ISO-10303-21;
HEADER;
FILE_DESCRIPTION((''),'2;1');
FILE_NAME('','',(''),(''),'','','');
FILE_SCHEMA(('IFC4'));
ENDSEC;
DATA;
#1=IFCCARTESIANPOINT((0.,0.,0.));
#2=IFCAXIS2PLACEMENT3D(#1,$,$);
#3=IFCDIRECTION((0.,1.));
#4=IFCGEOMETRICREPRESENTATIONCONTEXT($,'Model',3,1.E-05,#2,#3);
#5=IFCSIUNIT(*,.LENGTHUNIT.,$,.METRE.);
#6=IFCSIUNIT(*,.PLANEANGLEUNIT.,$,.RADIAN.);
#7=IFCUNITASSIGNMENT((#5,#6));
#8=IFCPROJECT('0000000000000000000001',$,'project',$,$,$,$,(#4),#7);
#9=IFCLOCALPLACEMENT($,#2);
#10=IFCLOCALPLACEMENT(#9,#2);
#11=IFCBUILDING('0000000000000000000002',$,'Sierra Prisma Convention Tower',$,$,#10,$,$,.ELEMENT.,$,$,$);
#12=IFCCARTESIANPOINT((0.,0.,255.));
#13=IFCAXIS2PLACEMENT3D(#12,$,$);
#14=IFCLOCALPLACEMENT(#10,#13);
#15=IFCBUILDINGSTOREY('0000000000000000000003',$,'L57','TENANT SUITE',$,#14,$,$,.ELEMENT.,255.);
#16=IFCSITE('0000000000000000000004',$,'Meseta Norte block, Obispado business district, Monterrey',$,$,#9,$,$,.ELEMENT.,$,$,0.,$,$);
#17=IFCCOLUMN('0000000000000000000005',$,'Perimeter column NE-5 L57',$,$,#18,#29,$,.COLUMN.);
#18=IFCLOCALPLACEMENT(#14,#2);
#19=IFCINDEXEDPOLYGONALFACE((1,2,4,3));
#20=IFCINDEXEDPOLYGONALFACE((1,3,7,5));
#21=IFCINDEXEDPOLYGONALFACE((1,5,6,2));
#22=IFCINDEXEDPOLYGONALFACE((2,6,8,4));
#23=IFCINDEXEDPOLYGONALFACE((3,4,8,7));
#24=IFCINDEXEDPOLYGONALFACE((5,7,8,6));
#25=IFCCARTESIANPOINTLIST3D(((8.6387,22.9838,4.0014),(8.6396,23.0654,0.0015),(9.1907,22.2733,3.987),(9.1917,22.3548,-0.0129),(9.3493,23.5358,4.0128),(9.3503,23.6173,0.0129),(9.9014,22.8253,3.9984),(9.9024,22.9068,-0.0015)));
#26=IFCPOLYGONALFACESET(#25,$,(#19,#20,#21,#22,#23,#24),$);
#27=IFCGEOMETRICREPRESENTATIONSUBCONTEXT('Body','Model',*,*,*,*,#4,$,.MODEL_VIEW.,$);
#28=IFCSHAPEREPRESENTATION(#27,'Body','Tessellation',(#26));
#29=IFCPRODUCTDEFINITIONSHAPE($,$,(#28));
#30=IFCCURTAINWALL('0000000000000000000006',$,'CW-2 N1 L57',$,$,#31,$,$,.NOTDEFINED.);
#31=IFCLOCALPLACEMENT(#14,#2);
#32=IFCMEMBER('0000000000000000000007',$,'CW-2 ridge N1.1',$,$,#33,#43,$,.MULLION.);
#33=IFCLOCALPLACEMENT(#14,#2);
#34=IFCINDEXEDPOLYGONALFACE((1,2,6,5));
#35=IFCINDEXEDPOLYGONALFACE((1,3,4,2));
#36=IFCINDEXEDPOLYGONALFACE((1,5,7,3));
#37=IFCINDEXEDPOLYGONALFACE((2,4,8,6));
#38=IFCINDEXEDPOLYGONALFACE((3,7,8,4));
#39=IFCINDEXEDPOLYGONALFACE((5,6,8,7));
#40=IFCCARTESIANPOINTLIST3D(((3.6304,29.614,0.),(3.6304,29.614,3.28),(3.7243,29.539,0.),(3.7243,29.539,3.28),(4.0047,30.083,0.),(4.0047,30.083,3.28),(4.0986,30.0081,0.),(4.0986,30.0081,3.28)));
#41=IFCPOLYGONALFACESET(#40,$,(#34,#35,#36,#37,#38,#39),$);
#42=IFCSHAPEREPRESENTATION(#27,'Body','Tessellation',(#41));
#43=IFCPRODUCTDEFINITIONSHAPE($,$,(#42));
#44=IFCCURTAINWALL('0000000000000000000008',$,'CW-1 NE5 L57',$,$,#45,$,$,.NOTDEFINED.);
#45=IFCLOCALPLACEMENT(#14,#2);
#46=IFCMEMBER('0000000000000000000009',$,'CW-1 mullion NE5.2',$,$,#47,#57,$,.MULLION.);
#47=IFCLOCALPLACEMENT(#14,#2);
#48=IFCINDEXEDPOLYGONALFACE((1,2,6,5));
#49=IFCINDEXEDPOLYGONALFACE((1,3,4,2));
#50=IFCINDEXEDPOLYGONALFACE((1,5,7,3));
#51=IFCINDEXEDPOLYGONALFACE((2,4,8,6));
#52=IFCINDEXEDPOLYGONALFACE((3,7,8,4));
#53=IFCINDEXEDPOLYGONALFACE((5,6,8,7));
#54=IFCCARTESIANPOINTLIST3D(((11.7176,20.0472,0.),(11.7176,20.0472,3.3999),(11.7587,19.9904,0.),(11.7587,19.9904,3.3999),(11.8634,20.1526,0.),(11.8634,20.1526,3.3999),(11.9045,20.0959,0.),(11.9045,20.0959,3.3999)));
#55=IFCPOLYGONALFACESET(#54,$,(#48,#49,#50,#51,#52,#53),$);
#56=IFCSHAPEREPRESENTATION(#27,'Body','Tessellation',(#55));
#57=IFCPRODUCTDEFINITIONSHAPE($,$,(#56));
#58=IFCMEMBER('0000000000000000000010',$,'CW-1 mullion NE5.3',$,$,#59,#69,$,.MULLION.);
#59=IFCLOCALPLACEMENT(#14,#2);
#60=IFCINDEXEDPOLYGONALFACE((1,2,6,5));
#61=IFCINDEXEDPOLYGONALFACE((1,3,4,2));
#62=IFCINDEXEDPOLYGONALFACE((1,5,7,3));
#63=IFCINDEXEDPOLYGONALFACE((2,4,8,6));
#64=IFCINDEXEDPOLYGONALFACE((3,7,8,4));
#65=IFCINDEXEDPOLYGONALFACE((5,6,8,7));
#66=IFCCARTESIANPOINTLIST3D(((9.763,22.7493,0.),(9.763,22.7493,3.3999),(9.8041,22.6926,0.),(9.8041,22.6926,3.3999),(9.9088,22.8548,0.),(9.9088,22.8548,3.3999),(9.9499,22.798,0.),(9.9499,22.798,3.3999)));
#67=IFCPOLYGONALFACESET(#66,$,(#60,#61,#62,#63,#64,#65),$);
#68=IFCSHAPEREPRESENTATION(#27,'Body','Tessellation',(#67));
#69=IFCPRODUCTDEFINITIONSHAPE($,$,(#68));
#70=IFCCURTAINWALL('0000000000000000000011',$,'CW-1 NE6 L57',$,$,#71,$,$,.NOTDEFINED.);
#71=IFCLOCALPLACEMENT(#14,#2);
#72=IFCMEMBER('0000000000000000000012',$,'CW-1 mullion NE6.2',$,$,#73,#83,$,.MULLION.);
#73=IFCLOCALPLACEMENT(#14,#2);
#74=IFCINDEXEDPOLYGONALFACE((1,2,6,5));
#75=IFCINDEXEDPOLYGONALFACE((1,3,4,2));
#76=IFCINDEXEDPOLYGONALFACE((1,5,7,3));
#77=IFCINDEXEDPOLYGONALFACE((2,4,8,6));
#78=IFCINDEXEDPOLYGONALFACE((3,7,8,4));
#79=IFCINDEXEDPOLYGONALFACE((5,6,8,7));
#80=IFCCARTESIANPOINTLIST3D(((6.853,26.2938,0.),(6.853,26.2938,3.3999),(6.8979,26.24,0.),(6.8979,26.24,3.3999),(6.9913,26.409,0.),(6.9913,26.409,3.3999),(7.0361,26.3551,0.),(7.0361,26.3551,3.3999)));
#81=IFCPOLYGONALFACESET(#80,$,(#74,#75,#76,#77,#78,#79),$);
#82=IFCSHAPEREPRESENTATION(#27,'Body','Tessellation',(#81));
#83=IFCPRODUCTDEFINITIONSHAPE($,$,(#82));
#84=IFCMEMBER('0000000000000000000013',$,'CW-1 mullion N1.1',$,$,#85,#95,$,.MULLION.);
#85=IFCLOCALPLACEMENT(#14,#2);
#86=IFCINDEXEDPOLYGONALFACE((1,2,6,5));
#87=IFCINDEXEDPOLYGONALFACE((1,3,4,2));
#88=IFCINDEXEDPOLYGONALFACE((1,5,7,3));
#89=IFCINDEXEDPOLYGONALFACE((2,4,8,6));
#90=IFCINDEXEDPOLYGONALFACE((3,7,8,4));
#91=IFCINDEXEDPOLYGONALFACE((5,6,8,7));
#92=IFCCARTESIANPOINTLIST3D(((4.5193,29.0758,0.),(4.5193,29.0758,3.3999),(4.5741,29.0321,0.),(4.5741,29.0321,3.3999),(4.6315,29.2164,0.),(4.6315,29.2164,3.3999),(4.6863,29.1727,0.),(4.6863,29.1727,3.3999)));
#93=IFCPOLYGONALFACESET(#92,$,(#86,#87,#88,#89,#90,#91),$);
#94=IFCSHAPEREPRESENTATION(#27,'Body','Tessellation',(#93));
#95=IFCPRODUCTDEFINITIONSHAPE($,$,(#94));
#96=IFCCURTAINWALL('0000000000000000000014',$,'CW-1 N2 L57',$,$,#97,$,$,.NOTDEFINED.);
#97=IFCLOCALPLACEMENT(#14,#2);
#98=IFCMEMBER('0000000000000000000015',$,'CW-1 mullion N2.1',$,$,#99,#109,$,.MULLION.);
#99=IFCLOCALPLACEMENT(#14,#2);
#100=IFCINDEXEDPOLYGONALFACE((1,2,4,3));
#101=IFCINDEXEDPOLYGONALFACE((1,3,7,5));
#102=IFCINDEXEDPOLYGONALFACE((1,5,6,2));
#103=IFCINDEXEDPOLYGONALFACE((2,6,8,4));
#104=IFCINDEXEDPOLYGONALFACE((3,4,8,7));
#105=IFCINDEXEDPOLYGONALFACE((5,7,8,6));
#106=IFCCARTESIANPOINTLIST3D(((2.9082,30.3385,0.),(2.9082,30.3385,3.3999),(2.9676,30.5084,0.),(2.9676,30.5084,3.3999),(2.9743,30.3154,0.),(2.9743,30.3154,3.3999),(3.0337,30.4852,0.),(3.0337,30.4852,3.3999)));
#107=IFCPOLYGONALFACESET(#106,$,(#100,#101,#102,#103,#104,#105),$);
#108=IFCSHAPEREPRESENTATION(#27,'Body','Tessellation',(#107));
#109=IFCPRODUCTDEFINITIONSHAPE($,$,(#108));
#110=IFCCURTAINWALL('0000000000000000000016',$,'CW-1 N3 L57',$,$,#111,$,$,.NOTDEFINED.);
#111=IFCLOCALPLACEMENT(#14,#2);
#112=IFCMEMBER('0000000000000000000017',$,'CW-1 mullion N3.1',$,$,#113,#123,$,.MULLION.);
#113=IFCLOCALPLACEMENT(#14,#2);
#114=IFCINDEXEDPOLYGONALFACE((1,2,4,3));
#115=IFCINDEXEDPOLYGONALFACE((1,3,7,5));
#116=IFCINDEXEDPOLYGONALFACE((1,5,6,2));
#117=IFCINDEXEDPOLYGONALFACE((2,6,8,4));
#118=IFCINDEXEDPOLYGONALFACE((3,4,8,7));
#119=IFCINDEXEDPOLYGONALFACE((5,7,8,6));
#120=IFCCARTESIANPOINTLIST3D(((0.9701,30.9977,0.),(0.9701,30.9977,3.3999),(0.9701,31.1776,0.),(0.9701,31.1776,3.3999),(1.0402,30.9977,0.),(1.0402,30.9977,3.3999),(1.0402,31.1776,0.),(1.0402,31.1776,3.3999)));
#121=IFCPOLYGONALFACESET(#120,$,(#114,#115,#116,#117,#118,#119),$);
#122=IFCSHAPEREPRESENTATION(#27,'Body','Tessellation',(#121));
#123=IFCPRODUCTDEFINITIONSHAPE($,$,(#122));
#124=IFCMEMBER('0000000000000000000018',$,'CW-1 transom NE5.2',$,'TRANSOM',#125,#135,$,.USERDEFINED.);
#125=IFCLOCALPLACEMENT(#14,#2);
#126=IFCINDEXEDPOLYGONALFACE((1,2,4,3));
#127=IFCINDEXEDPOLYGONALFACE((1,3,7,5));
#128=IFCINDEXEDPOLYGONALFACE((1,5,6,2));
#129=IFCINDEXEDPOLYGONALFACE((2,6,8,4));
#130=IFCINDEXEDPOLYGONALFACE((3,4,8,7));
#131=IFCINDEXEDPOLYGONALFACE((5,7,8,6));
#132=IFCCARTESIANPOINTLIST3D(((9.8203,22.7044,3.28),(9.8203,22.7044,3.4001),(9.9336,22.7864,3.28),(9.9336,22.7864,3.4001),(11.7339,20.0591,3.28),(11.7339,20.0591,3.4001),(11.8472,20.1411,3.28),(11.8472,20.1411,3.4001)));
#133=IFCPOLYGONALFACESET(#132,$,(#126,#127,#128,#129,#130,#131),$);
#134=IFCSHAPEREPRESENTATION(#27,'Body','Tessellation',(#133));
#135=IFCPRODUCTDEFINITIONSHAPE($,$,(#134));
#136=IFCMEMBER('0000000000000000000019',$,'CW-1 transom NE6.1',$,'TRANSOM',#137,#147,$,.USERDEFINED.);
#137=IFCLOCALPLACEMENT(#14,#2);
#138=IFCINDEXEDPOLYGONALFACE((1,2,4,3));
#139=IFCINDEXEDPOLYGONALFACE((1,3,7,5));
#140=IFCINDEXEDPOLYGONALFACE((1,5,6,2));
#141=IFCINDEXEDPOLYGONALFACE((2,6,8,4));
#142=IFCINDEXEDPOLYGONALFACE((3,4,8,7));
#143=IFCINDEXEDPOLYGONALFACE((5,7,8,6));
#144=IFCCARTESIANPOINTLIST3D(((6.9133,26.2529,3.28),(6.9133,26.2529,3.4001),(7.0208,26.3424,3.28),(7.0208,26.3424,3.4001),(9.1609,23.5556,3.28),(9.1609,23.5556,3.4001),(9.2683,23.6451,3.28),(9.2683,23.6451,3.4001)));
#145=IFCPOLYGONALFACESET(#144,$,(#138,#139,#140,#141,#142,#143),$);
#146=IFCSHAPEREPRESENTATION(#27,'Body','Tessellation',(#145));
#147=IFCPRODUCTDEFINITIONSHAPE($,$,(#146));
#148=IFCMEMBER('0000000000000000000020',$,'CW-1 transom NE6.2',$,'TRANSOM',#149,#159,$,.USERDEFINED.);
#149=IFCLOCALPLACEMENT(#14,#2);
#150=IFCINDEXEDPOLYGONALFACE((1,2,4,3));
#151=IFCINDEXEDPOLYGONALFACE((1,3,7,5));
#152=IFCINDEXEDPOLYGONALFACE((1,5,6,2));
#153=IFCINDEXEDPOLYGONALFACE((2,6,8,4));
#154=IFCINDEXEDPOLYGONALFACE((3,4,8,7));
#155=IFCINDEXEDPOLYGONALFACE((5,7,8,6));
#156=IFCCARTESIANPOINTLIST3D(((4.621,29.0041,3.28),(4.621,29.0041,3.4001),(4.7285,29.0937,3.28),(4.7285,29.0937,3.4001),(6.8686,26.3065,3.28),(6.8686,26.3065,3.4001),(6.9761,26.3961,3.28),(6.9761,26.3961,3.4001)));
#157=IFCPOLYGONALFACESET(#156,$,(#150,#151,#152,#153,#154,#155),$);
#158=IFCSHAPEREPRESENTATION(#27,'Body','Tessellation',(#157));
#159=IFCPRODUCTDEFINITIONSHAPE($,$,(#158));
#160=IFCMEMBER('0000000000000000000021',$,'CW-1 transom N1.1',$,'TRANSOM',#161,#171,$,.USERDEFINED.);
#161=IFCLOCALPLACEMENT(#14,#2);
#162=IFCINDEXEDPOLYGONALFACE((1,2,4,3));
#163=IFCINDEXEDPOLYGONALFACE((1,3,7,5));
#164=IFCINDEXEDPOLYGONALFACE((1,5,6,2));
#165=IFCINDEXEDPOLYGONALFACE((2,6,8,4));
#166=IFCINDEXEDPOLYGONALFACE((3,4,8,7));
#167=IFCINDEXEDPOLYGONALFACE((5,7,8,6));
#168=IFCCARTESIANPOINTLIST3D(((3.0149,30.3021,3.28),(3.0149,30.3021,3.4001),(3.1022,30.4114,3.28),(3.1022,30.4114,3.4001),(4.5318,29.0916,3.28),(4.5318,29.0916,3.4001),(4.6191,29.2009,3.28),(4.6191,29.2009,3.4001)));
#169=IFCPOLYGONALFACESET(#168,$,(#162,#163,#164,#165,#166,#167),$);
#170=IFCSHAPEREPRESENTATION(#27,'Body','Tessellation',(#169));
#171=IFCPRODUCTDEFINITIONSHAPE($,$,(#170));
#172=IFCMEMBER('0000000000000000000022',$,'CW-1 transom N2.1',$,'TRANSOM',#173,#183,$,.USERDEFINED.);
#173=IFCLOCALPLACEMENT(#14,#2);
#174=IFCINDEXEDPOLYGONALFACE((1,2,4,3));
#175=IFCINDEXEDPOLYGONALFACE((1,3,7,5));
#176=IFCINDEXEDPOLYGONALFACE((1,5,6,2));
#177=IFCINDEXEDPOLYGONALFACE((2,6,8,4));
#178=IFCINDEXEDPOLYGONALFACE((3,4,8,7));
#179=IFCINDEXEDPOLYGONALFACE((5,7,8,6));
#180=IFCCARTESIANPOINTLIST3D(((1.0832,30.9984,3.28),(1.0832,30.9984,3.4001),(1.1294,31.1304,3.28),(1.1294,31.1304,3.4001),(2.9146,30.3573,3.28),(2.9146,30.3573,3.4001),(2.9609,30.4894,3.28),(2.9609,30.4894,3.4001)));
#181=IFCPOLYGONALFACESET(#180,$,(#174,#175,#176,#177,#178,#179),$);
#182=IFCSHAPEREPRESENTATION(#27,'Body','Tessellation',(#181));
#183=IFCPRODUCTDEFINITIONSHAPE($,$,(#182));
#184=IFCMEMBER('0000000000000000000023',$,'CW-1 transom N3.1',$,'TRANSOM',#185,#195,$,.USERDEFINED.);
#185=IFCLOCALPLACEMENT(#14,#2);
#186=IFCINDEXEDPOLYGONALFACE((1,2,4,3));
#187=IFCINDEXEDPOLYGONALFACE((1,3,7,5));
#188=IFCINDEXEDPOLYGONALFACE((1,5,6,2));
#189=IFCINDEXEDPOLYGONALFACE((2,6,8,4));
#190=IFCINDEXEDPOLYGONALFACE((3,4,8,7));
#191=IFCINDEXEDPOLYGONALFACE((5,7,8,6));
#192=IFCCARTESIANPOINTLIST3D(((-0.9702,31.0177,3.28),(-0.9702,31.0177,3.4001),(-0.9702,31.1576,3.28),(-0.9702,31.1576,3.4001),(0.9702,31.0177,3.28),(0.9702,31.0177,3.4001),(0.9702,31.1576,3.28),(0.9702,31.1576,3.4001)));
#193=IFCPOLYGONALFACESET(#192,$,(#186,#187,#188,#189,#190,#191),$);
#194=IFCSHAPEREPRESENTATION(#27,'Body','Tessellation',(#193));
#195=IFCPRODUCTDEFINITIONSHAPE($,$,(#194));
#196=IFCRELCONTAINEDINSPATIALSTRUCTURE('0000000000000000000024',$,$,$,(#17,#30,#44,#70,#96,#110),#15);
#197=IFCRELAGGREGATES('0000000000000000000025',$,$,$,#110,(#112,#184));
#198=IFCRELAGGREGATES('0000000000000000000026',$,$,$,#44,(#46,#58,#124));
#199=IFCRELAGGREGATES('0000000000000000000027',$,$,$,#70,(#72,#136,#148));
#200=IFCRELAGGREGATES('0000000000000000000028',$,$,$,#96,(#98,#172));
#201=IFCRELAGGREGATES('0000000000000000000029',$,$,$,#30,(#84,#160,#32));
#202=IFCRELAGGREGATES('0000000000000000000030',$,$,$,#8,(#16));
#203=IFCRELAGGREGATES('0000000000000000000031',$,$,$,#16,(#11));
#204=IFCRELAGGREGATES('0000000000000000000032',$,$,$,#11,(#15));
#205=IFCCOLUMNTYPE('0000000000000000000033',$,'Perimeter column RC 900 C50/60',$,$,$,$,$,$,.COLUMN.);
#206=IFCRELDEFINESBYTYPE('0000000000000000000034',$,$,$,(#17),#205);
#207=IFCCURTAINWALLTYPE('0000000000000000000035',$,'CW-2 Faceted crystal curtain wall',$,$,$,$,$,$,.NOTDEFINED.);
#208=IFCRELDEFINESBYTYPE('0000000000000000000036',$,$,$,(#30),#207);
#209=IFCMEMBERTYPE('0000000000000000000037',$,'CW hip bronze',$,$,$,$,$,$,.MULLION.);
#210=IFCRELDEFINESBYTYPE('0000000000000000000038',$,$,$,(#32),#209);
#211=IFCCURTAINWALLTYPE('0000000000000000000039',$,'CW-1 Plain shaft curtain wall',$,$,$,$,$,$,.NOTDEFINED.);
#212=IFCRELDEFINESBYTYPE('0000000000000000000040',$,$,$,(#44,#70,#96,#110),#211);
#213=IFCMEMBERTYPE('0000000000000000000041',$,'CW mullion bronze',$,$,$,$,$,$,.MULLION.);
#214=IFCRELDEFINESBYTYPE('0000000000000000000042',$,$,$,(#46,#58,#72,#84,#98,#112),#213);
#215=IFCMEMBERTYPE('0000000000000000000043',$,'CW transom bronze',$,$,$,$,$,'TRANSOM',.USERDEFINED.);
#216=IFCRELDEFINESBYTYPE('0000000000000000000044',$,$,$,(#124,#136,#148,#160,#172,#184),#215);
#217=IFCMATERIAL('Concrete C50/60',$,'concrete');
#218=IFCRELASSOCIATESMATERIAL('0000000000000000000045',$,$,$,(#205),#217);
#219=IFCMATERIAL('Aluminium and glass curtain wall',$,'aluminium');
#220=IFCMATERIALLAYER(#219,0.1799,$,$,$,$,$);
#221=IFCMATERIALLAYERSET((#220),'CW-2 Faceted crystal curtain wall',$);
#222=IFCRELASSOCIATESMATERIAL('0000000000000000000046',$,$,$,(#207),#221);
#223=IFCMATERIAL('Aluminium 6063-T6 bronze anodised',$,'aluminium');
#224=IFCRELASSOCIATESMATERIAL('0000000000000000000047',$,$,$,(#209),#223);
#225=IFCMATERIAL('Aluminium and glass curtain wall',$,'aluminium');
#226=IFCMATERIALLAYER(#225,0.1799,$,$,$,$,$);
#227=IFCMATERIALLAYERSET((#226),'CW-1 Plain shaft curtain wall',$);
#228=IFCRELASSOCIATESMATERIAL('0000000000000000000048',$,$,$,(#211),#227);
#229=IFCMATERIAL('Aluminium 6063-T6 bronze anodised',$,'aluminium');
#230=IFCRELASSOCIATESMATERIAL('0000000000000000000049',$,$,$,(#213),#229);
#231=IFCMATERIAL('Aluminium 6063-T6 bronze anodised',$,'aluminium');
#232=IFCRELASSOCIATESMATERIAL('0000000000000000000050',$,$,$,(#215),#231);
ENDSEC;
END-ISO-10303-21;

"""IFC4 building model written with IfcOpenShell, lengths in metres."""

from ifc_helpers import new_model, si_unit, direction, frame, origin, origin_2d, place, context, subcontext, project, spatial, rectangle, extrude, material, layer, layer_set, material_profile, profile_set, type_object, element, aggregate, save


model = new_model("IFC4")

# Units and contexts
model_context = context("Model", 3, precision=1e-05, world=origin(), true_north=direction((0.0, 1.0)))
body_context = subcontext(model_context, "Body", "Model", "MODEL_VIEW")
ifc_project = project(units=[si_unit("LENGTHUNIT", "METRE"), si_unit("PLANEANGLEUNIT", "RADIAN")], contexts=[model_context])

# Site, building, storey
site_placement = place(None, origin())
site = spatial("IfcSite", under=ifc_project, at=site_placement, Name="Meseta Norte block, Obispado business district, Monterrey", CompositionType="ELEMENT", RefElevation=0.0)
building_placement = place(site_placement, origin())
building = spatial("IfcBuilding", under=site, at=building_placement, Name="Sierra Prisma Convention Tower", CompositionType="ELEMENT")
storey_placement = place(building_placement, frame((0.0, 0.0, 255.0)))
storey = spatial("IfcBuildingStorey", under=building, at=storey_placement, Name="L57", Description="TENANT SUITE", CompositionType="ELEMENT", Elevation=255.0)

# Column
ifc_material_1 = material(Name="Concrete C50/60", Category="concrete")
ifc_material_profile_1 = material_profile(ifc_material_1, rectangle(XDim=0.8999, YDim=0.8999, at=origin_2d()), Name="Perimeter column RC 900 C50/60")
ifc_profile_set_1 = profile_set([ifc_material_profile_1], Name="Concrete C50/60")
column_type = type_object("IfcColumnType", Name="Perimeter column RC 900 C50/60", PredefinedType="COLUMN", material=ifc_profile_set_1)
column_placement = place(storey_placement, frame((9.271, 22.9861, 0.0), z_axis=(-0.000244, -0.020382, 0.999792), x_axis=(-0.613475, 0.789553, 0.015946)))
element("IfcColumn", 1, at=column_placement, inside=storey, type_object=column_type, Name="Perimeter column NE-5 L57", PredefinedType="COLUMN", context=body_context, shape_type="SweptSolid", body=[
    extrude(rectangle(XDim=0.8999, YDim=0.8999, at=origin_2d()), origin(), (0.0, 0.0, 1.0), 4.0007),
])

# Curtain wall, member
ifc_material_2 = material(Name="Aluminium and glass curtain wall", Category="aluminium")
ifc_layer_1 = layer(ifc_material_2, 0.1799)
ifc_layer_set_1 = layer_set([ifc_layer_1], Name="CW-2 Faceted crystal curtain wall")
curtain_wall_type_1 = type_object("IfcCurtainWallType", Name="CW-2 Faceted crystal curtain wall", PredefinedType="NOTDEFINED", material=ifc_layer_set_1)
curtain_wall_1_placement = place(storey_placement, origin())
curtain_wall_1 = element("IfcCurtainWall", 2, at=curtain_wall_1_placement, inside=storey, type_object=curtain_wall_type_1, Name="CW-2 N1 L57", PredefinedType="NOTDEFINED")
ifc_material_3 = material(Name="Aluminium 6063-T6 bronze anodised", Category="aluminium")
ifc_material_profile_2 = material_profile(ifc_material_3, rectangle(XDim=0.1201, YDim=0.6001, at=origin_2d()), Name="ALU RIDGE BLADE 120x600")
ifc_profile_set_2 = profile_set([ifc_material_profile_2], Name="Aluminium 6063-T6 bronze anodised")
member_type_1 = type_object("IfcMemberType", Name="CW hip bronze", PredefinedType="MULLION", material=ifc_profile_set_2)
member_1_placement = place(storey_placement, frame((3.8645, 29.811, 0.0), z_axis=(0.0, 0.0, 1.0), x_axis=(-0.781623, 0.623751, 0.0)))
member_1 = element("IfcMember", 3, at=member_1_placement, type_object=member_type_1, Name="CW-2 ridge N1.1", PredefinedType="MULLION", context=body_context, shape_type="SweptSolid", body=[
    extrude(rectangle(XDim=0.1201, YDim=0.6001, at=origin_2d()), origin(), (0.0, 0.0, 1.0), 3.28),
])

# Curtain wall, members
ifc_material_4 = material(Name="Aluminium and glass curtain wall", Category="aluminium")
ifc_layer_2 = layer(ifc_material_4, 0.1799)
ifc_layer_set_2 = layer_set([ifc_layer_2], Name="CW-1 Plain shaft curtain wall")
curtain_wall_type_2 = type_object("IfcCurtainWallType", Name="CW-1 Plain shaft curtain wall", PredefinedType="NOTDEFINED", material=ifc_layer_set_2)
curtain_wall_2_placement = place(storey_placement, origin())
curtain_wall_2 = element("IfcCurtainWall", 4, at=curtain_wall_2_placement, inside=storey, type_object=curtain_wall_type_2, Name="CW-1 NE5 L57", PredefinedType="NOTDEFINED")
ifc_material_5 = material(Name="Aluminium 6063-T6 bronze anodised", Category="aluminium")
ifc_material_profile_3 = material_profile(ifc_material_5, rectangle(XDim=0.1799, YDim=0.0701, at=origin_2d()), Name="ALU MULLION 70x180")
ifc_profile_set_3 = profile_set([ifc_material_profile_3], Name="Aluminium 6063-T6 bronze anodised")
member_type_2 = type_object("IfcMemberType", Name="CW mullion bronze", PredefinedType="MULLION", material=ifc_profile_set_3)
member_2_placement = place(storey_placement, frame((11.811, 20.0715, 0.0), z_axis=(0.0, 0.0, 1.0), x_axis=(-0.810237, -0.586102, 0.0)))
member_2 = element("IfcMember", 5, at=member_2_placement, type_object=member_type_2, Name="CW-1 mullion NE5.2", PredefinedType="MULLION", context=body_context, shape_type="SweptSolid", body=[
    extrude(rectangle(XDim=0.1799, YDim=0.0701, at=origin_2d()), origin(), (0.0, 0.0, 1.0), 3.3999),
])
member_3_placement = place(storey_placement, frame((9.8564, 22.7737, 0.0), z_axis=(0.0, 0.0, 1.0), x_axis=(-0.810237, -0.586102, 0.0)))
member_3 = element("IfcMember", 6, at=member_3_placement, type_object=member_type_2, Name="CW-1 mullion NE5.3", PredefinedType="MULLION", context=body_context, shape_type="SweptSolid", body=[
    extrude(rectangle(XDim=0.1799, YDim=0.0701, at=origin_2d()), origin(), (0.0, 0.0, 1.0), 3.3999),
])

# Curtain wall, member
curtain_wall_3_placement = place(storey_placement, origin())
curtain_wall_3 = element("IfcCurtainWall", 7, at=curtain_wall_3_placement, inside=storey, type_object=curtain_wall_type_2, Name="CW-1 NE6 L57", PredefinedType="NOTDEFINED")
member_4_placement = place(storey_placement, frame((6.9446, 26.3245, 0.0), z_axis=(0.0, 0.0, 1.0), x_axis=(-0.768267, -0.64013, 0.0)))
member_4 = element("IfcMember", 8, at=member_4_placement, type_object=member_type_2, Name="CW-1 mullion NE6.2", PredefinedType="MULLION", context=body_context, shape_type="SweptSolid", body=[
    extrude(rectangle(XDim=0.1799, YDim=0.0701, at=origin_2d()), origin(), (0.0, 0.0, 1.0), 3.3999),
])

# Member
member_5_placement = place(storey_placement, frame((4.6028, 29.1243, 0.0), z_axis=(0.0, 0.0, 1.0), x_axis=(-0.623751, -0.781623, 0.0)))
member_5 = element("IfcMember", 9, at=member_5_placement, type_object=member_type_2, Name="CW-1 mullion N1.1", PredefinedType="MULLION", context=body_context, shape_type="SweptSolid", body=[
    extrude(rectangle(XDim=0.1799, YDim=0.0701, at=origin_2d()), origin(), (0.0, 0.0, 1.0), 3.3999),
])

# Curtain walls, members
curtain_wall_4_placement = place(storey_placement, origin())
curtain_wall_4 = element("IfcCurtainWall", 10, at=curtain_wall_4_placement, inside=storey, type_object=curtain_wall_type_2, Name="CW-1 N2 L57", PredefinedType="NOTDEFINED")
member_6_placement = place(storey_placement, frame((2.9709, 30.4119, 0.0), z_axis=(0.0, 0.0, 1.0), x_axis=(-0.330437, -0.943828, 0.0)))
member_6 = element("IfcMember", 11, at=member_6_placement, type_object=member_type_2, Name="CW-1 mullion N2.1", PredefinedType="MULLION", context=body_context, shape_type="SweptSolid", body=[
    extrude(rectangle(XDim=0.1799, YDim=0.0701, at=origin_2d()), origin(), (0.0, 0.0, 1.0), 3.3999),
])
curtain_wall_5_placement = place(storey_placement, origin())
curtain_wall_5 = element("IfcCurtainWall", 12, at=curtain_wall_5_placement, inside=storey, type_object=curtain_wall_type_2, Name="CW-1 N3 L57", PredefinedType="NOTDEFINED")
member_7_placement = place(storey_placement, frame((1.0051, 31.0876, 0.0), z_axis=(0.0, 0.0, 1.0), x_axis=(0.0, -1.0, 0.0)))
member_7 = element("IfcMember", 13, at=member_7_placement, type_object=member_type_2, Name="CW-1 mullion N3.1", PredefinedType="MULLION", context=body_context, shape_type="SweptSolid", body=[
    extrude(rectangle(XDim=0.1799, YDim=0.0701, at=origin_2d()), origin(), (0.0, 0.0, 1.0), 3.3999),
])

# Members
ifc_material_6 = material(Name="Aluminium 6063-T6 bronze anodised", Category="aluminium")
ifc_material_profile_4 = material_profile(ifc_material_6, rectangle(XDim=0.1399, YDim=0.1201, at=origin_2d()), Name="ALU TRANSOM 120x140")
ifc_profile_set_4 = profile_set([ifc_material_profile_4], Name="Aluminium 6063-T6 bronze anodised")
member_type_3 = type_object("IfcMemberType", Name="CW transom bronze", ElementType="TRANSOM", PredefinedType="USERDEFINED", material=ifc_profile_set_4)
member_8_placement = place(storey_placement, frame((11.7905, 20.1001, 3.3401), z_axis=(-0.586116, 0.810227, 0.0), x_axis=(-0.810227, -0.586116, 0.0)))
member_8 = element("IfcMember", 14, at=member_8_placement, type_object=member_type_3, Name="CW-1 transom NE5.2", ObjectType="TRANSOM", PredefinedType="USERDEFINED", context=body_context, shape_type="SweptSolid", body=[
    extrude(rectangle(XDim=0.1399, YDim=0.1201, at=origin_2d()), origin(), (0.0, 0.0, 1.0), 3.2649),
])
member_9_placement = place(storey_placement, frame((9.2146, 23.6003, 3.3401), z_axis=(-0.640157, 0.768244, 0.0), x_axis=(-0.768244, -0.640157, 0.0)))
member_9 = element("IfcMember", 15, at=member_9_placement, type_object=member_type_3, Name="CW-1 transom NE6.1", ObjectType="TRANSOM", PredefinedType="USERDEFINED", context=body_context, shape_type="SweptSolid", body=[
    extrude(rectangle(XDim=0.1399, YDim=0.1201, at=origin_2d()), origin(), (0.0, 0.0, 1.0), 3.511),
])
member_10_placement = place(storey_placement, frame((6.9224, 26.3513, 3.3401), z_axis=(-0.640123, 0.768273, 0.0), x_axis=(-0.768273, -0.640123, 0.0)))
member_10 = element("IfcMember", 16, at=member_10_placement, type_object=member_type_3, Name="CW-1 transom NE6.2", ObjectType="TRANSOM", PredefinedType="USERDEFINED", context=body_context, shape_type="SweptSolid", body=[
    extrude(rectangle(XDim=0.1399, YDim=0.1201, at=origin_2d()), origin(), (0.0, 0.0, 1.0), 3.5112),
])
member_11_placement = place(storey_placement, frame((4.5754, 29.1462, 3.3401), z_axis=(-0.781629, 0.623743, 0.0), x_axis=(-0.623743, -0.781629, 0.0)))
member_11 = element("IfcMember", 17, at=member_11_placement, type_object=member_type_3, Name="CW-1 transom N1.1", ObjectType="TRANSOM", PredefinedType="USERDEFINED", context=body_context, shape_type="SweptSolid", body=[
    extrude(rectangle(XDim=0.1399, YDim=0.1201, at=origin_2d()), origin(), (0.0, 0.0, 1.0), 1.9407),
])
member_12_placement = place(storey_placement, frame((2.9377, 30.4233, 3.3401), z_axis=(-0.943847, 0.330384, 0.0), x_axis=(-0.330384, -0.943847, 0.0)))
member_12 = element("IfcMember", 18, at=member_12_placement, type_object=member_type_3, Name="CW-1 transom N2.1", ObjectType="TRANSOM", PredefinedType="USERDEFINED", context=body_context, shape_type="SweptSolid", body=[
    extrude(rectangle(XDim=0.1399, YDim=0.1201, at=origin_2d()), origin(), (0.0, 0.0, 1.0), 1.9404),
])
member_13_placement = place(storey_placement, frame((0.9702, 31.0876, 3.3401), z_axis=(-1.0, 0.0, 0.0), x_axis=(0.0, -1.0, 0.0)))
member_13 = element("IfcMember", 19, at=member_13_placement, type_object=member_type_3, Name="CW-1 transom N3.1", ObjectType="TRANSOM", PredefinedType="USERDEFINED", context=body_context, shape_type="SweptSolid", body=[
    extrude(rectangle(XDim=0.1399, YDim=0.1201, at=origin_2d()), origin(), (0.0, 0.0, 1.0), 1.9404),
])
aggregate(curtain_wall_5, [member_7, member_13])

aggregate(curtain_wall_2, [member_2, member_3, member_8])
aggregate(curtain_wall_3, [member_4, member_9, member_10])
aggregate(curtain_wall_4, [member_6, member_12])
aggregate(curtain_wall_1, [member_5, member_11, member_1])

save(model, "model.ifc")
